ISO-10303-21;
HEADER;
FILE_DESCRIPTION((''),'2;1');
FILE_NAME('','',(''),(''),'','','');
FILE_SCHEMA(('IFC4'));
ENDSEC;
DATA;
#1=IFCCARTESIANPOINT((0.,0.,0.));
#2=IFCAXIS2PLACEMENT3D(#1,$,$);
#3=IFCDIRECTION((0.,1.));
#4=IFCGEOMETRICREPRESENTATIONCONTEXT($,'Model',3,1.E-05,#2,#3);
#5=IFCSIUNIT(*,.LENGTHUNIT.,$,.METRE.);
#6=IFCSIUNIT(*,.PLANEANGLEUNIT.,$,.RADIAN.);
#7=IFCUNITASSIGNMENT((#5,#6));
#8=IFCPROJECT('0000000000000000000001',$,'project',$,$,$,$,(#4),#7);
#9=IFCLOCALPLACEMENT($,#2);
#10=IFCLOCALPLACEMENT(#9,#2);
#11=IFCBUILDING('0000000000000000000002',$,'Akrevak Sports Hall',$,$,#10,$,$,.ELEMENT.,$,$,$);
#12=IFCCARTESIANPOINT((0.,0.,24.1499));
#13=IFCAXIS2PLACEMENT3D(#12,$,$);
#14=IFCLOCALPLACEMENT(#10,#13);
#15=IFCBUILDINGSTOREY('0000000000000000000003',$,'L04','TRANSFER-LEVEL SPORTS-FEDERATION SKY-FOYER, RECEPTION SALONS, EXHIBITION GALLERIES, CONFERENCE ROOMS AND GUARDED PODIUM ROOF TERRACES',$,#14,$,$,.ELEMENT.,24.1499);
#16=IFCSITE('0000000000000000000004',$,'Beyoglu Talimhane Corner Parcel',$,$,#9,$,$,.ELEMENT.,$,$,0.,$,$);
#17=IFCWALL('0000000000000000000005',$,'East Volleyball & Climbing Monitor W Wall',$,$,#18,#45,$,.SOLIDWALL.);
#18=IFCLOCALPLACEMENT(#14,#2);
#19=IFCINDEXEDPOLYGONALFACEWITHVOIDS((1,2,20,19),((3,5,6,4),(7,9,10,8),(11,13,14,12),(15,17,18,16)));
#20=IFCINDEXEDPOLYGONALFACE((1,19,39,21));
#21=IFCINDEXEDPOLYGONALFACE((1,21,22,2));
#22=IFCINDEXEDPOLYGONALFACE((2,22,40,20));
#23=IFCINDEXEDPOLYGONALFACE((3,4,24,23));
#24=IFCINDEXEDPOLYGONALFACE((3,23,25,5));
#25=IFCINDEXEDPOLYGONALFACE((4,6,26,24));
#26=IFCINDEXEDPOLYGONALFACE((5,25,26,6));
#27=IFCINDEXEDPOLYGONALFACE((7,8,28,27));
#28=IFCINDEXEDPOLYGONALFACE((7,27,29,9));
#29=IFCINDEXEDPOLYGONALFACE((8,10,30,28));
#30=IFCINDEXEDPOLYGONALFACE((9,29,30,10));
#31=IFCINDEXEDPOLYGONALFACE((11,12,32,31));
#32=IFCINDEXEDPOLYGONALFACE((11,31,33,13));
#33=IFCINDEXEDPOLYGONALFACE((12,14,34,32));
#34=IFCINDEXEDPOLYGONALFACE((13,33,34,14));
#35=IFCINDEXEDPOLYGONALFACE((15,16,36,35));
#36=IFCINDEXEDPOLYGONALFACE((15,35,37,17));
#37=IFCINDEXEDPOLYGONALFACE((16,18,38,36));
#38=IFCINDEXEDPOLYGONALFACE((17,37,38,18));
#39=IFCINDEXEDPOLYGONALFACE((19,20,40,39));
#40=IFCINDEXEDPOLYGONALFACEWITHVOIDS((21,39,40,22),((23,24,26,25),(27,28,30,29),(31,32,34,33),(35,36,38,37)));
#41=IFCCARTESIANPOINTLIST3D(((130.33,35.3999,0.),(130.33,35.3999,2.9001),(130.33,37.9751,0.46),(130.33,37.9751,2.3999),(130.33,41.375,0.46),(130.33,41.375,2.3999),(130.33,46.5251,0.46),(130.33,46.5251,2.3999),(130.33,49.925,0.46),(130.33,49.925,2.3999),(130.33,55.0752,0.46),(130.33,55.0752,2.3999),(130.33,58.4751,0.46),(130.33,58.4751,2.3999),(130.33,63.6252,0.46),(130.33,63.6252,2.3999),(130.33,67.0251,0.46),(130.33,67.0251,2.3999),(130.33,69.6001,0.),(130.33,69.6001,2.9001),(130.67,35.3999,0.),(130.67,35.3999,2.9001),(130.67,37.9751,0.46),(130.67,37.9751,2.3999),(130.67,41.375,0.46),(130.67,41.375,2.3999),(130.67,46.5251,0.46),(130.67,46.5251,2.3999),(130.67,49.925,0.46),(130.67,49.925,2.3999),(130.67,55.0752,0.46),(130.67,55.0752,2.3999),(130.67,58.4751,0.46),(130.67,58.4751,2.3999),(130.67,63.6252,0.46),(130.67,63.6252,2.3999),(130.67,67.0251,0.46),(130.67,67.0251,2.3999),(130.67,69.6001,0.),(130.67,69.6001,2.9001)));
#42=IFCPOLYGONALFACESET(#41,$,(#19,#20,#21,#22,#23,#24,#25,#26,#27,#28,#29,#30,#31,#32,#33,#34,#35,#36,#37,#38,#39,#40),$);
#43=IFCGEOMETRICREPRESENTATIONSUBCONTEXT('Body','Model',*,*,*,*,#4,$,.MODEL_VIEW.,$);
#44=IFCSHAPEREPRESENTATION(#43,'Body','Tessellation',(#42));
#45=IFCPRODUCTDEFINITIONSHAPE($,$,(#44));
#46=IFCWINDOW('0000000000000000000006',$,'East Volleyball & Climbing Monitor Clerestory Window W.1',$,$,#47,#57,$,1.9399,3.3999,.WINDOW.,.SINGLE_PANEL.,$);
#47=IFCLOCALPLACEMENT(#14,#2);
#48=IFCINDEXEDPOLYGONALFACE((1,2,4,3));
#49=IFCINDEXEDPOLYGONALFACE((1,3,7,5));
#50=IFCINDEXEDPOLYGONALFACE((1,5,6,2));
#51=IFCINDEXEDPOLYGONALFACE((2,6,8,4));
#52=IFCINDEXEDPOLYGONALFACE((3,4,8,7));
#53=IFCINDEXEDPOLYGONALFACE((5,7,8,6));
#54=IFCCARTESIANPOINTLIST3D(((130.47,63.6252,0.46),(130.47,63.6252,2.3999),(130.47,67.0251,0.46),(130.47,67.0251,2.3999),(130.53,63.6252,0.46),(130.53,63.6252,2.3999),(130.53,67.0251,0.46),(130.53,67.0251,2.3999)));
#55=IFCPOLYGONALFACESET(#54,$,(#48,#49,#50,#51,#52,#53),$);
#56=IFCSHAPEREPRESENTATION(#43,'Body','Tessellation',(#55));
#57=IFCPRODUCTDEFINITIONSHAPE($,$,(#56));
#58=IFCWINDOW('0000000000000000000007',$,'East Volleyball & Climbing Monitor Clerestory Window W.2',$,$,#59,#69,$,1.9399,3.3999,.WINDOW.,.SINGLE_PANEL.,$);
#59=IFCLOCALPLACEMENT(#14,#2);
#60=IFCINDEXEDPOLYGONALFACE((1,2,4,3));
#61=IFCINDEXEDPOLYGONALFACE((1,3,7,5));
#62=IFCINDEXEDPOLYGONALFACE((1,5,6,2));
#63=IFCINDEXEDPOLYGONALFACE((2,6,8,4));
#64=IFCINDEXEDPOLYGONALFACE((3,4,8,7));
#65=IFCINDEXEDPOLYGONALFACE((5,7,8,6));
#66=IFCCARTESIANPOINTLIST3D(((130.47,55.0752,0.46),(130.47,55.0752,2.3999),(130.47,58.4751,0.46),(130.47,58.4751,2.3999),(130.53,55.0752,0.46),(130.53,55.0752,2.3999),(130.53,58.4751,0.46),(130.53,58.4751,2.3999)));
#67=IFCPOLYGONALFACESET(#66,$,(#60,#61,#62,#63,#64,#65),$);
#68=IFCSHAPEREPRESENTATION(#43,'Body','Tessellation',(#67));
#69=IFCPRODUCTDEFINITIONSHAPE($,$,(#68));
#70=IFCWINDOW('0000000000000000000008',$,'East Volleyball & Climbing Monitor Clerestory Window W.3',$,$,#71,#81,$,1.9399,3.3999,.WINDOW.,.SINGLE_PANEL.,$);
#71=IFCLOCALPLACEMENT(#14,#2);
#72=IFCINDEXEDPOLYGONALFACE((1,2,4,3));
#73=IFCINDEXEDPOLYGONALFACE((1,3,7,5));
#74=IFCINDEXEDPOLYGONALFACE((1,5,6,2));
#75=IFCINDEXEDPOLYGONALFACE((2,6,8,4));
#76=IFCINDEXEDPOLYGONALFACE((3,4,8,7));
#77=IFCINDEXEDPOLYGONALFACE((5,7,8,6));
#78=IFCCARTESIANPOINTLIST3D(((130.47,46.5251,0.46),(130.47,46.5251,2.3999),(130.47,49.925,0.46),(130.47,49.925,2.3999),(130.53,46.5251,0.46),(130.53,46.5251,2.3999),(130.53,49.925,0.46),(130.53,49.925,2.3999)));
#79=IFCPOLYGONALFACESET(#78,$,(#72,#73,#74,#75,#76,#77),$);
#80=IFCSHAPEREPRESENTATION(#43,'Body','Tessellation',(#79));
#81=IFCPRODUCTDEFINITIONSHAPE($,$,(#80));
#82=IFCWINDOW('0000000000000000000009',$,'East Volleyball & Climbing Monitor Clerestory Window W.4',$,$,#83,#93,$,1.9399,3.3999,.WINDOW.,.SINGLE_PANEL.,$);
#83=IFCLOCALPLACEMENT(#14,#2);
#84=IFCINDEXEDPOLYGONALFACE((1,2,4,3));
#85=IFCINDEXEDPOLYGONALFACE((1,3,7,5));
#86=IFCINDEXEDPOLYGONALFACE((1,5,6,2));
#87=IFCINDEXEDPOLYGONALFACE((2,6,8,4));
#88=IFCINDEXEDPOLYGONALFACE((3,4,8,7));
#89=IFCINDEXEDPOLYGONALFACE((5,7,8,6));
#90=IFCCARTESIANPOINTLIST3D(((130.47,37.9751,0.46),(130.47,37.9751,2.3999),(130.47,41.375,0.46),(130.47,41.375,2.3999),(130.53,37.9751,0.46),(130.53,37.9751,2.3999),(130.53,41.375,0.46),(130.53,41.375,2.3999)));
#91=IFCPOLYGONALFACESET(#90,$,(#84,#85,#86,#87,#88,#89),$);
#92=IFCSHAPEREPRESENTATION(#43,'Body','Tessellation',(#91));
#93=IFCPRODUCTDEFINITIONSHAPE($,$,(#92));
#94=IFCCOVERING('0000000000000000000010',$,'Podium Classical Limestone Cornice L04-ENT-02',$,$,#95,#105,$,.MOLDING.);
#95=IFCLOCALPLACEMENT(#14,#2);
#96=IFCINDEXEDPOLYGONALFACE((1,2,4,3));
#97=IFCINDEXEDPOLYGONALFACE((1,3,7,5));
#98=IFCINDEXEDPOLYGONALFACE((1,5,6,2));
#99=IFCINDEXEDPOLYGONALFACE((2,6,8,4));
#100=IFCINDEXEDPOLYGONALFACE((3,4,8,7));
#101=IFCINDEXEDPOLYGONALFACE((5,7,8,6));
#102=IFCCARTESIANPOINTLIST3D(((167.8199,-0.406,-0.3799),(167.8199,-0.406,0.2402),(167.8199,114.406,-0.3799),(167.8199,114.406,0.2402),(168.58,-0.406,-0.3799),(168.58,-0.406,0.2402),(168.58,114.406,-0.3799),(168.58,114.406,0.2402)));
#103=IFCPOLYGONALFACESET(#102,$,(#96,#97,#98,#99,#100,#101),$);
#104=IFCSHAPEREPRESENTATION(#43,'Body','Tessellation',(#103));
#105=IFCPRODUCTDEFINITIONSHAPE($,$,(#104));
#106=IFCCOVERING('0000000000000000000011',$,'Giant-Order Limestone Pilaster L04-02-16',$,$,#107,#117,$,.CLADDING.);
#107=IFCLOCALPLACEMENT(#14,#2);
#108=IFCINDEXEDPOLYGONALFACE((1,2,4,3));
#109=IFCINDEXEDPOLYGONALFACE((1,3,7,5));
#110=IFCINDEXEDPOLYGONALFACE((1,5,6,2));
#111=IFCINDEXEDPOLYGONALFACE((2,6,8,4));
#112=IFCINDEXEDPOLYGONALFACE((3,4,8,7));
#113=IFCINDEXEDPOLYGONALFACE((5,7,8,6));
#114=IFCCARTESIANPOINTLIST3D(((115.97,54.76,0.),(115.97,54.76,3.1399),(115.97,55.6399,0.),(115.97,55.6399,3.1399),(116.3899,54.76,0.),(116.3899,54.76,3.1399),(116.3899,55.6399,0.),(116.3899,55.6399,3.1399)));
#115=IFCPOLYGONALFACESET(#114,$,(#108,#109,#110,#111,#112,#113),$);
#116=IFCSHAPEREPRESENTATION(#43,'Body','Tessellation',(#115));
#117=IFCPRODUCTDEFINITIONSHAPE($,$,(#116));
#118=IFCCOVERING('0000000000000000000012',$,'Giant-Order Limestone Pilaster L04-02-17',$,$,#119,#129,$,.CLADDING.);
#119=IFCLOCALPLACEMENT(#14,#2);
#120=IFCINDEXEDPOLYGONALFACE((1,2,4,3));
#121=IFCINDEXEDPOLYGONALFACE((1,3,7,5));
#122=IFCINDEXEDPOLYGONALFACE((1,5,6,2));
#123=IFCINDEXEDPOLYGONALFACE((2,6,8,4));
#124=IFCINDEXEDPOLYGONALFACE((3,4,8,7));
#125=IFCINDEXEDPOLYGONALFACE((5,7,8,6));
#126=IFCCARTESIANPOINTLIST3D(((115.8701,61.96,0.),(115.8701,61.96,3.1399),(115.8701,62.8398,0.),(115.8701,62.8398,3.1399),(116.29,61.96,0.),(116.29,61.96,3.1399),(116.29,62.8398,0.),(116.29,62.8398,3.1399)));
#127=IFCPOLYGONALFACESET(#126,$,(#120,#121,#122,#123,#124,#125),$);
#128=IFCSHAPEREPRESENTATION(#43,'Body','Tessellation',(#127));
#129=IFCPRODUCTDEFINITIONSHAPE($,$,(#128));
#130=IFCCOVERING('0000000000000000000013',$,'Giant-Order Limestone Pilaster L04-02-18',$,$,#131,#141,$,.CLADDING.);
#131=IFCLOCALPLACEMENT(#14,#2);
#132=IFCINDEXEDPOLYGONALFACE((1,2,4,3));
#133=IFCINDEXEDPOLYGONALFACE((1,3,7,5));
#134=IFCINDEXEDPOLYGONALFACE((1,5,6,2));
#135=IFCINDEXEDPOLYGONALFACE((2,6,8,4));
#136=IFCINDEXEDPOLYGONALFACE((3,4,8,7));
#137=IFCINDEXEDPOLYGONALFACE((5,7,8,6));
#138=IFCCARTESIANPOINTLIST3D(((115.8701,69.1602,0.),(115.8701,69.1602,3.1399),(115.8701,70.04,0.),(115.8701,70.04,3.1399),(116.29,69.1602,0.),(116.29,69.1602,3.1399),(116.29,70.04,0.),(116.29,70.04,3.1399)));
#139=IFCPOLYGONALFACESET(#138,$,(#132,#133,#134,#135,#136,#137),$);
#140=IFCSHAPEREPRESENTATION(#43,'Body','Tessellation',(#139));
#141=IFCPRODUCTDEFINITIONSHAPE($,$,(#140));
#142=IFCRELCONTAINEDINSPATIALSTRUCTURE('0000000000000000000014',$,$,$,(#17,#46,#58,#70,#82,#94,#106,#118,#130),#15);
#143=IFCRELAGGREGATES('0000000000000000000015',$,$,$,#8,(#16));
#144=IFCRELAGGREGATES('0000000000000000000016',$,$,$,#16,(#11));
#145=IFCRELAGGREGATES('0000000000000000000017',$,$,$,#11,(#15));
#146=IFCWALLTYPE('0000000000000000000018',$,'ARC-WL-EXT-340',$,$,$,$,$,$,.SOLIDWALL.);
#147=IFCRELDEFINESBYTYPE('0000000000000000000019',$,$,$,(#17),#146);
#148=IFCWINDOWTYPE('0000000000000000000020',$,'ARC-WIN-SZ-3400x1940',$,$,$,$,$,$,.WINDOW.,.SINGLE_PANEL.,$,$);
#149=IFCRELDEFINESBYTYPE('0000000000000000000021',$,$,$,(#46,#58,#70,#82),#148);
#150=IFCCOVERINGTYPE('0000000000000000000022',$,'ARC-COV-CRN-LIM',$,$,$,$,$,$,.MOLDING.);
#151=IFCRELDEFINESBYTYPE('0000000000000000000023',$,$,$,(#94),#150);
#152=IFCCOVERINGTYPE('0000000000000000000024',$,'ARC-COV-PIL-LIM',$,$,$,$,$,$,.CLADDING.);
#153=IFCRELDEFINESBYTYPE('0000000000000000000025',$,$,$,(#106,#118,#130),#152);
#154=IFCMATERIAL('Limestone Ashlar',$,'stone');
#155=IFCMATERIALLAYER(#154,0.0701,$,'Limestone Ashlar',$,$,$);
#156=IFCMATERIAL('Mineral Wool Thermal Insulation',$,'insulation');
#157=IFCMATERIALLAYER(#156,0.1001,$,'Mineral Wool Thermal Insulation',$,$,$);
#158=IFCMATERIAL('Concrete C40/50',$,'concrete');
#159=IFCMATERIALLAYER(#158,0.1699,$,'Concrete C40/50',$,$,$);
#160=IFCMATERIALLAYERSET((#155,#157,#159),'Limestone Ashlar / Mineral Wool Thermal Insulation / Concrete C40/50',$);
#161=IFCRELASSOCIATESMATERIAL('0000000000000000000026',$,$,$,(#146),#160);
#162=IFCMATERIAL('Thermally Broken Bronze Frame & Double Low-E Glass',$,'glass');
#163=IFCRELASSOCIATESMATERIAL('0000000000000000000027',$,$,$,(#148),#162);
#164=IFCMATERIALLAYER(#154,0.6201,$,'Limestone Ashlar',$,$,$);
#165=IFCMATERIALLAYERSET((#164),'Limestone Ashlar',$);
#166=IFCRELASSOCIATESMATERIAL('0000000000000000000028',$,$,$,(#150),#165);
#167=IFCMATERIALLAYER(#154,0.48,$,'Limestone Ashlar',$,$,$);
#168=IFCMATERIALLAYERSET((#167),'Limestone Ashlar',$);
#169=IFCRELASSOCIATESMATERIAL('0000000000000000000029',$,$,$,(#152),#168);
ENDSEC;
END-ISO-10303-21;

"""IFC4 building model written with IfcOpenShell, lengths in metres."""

from ifc_helpers import new_model, si_unit, direction, frame, frame_2d, origin, origin_2d, place, context, subcontext, project, spatial, rectangle, extrude, material, layer, layer_set, type_object, element, fill, save


model = new_model("IFC4")

# Units and contexts
model_context = context("Model", 3, precision=1e-05, world=origin(), true_north=direction((0.0, 1.0)))
body_context = subcontext(model_context, "Body", "Model", "MODEL_VIEW")
ifc_project = project(units=[si_unit("LENGTHUNIT", "METRE"), si_unit("PLANEANGLEUNIT", "RADIAN")], contexts=[model_context])

# Site, building, storey
site_placement = place(None, origin())
site = spatial("IfcSite", under=ifc_project, at=site_placement, Name="Beyoglu Talimhane Corner Parcel", CompositionType="ELEMENT", RefElevation=0.0)
building_placement = place(site_placement, origin())
building = spatial("IfcBuilding", under=site, at=building_placement, Name="Akrevak Sports Hall", CompositionType="ELEMENT")
storey_placement = place(building_placement, frame((0.0, 0.0, 24.1499)))
storey = spatial("IfcBuildingStorey", under=building, at=storey_placement, Name="L04", Description="TRANSFER-LEVEL SPORTS-FEDERATION SKY-FOYER, RECEPTION SALONS, EXHIBITION GALLERIES, CONFERENCE ROOMS AND GUARDED PODIUM ROOF TERRACES", CompositionType="ELEMENT", Elevation=24.1499)

# Shared definitions
ifc_material_1 = material(Name="Concrete C40/50", Category="concrete")

# Wall, openings, windows
ifc_material_2 = material(Name="Limestone Ashlar", Category="stone")
ifc_layer_1 = layer(ifc_material_2, 0.0701, Name="Limestone Ashlar")
ifc_material_3 = material(Name="Mineral Wool Thermal Insulation", Category="insulation")
ifc_layer_2 = layer(ifc_material_3, 0.1001, Name="Mineral Wool Thermal Insulation")
ifc_layer_3 = layer(ifc_material_1, 0.1699, Name="Concrete C40/50")
ifc_layer_set_1 = layer_set([ifc_layer_1, ifc_layer_2, ifc_layer_3], Name="Limestone Ashlar / Mineral Wool Thermal Insulation / Concrete C40/50")
wall_type = type_object("IfcWallType", Name="ARC-WL-EXT-340", PredefinedType="SOLIDWALL", material=ifc_layer_set_1)
wall_placement = place(storey_placement, frame((130.5, 69.6001, 0.0), z_axis=(0.0, 0.0, 1.0), x_axis=(0.0, -1.0, 0.0)))
wall = element("IfcWall", 1, at=wall_placement, inside=storey, type_object=wall_type, Name="East Volleyball & Climbing Monitor W Wall", PredefinedType="SOLIDWALL", context=body_context, shape_type="SweptSolid", body=[
    extrude(rectangle(XDim=34.2002, YDim=0.3401, at=frame_2d((17.1001, 0.0))), origin(), (0.0, 0.0, 1.0), 2.9001),
])
opening_1_placement = place(wall_placement, frame((2.575, 0.0, 0.46)))
opening_1 = element("IfcOpeningElement", 2, at=opening_1_placement, cuts=wall, PredefinedType="OPENING", context=body_context, shape_type="SweptSolid", body=[
    extrude(rectangle(XDim=3.3999, YDim=1.9399, at=frame_2d((1.7, 0.97))), frame((0.0, 0.1821, 0.0), z_axis=(0.0, -1.0, 0.0), x_axis=(1.0, 0.0, 0.0)), (0.0, 0.0, 1.0), 0.364),
])
opening_2_placement = place(wall_placement, frame((11.125, 0.0, 0.46)))
opening_2 = element("IfcOpeningElement", 3, at=opening_2_placement, cuts=wall, PredefinedType="OPENING", context=body_context, shape_type="SweptSolid", body=[
    extrude(rectangle(XDim=3.3999, YDim=1.9399, at=frame_2d((1.7, 0.97))), frame((0.0, 0.1821, 0.0), z_axis=(0.0, -1.0, 0.0), x_axis=(1.0, 0.0, 0.0)), (0.0, 0.0, 1.0), 0.364),
])
opening_3_placement = place(wall_placement, frame((19.675, 0.0, 0.46)))
opening_3 = element("IfcOpeningElement", 4, at=opening_3_placement, cuts=wall, PredefinedType="OPENING", context=body_context, shape_type="SweptSolid", body=[
    extrude(rectangle(XDim=3.3999, YDim=1.9399, at=frame_2d((1.7, 0.97))), frame((0.0, 0.1821, 0.0), z_axis=(0.0, -1.0, 0.0), x_axis=(1.0, 0.0, 0.0)), (0.0, 0.0, 1.0), 0.364),
])
opening_4_placement = place(wall_placement, frame((28.2251, 0.0, 0.46)))
opening_4 = element("IfcOpeningElement", 5, at=opening_4_placement, cuts=wall, PredefinedType="OPENING", context=body_context, shape_type="SweptSolid", body=[
    extrude(rectangle(XDim=3.3999, YDim=1.9399, at=frame_2d((1.7, 0.97))), frame((0.0, 0.1821, 0.0), z_axis=(0.0, -1.0, 0.0), x_axis=(1.0, 0.0, 0.0)), (0.0, 0.0, 1.0), 0.364),
])
ifc_material_4 = material(Name="Thermally Broken Bronze Frame & Double Low-E Glass", Category="glass")
window_type = type_object("IfcWindowType", Name="ARC-WIN-SZ-3400x1940", PartitioningType="SINGLE_PANEL", PredefinedType="WINDOW", material=ifc_material_4)
window_1_placement = place(opening_1_placement, origin())
window_1 = element("IfcWindow", 6, at=window_1_placement, inside=storey, type_object=window_type, Name="East Volleyball & Climbing Monitor Clerestory Window W.1", OverallHeight=1.9399, OverallWidth=3.3999, PartitioningType="SINGLE_PANEL", PredefinedType="WINDOW", context=body_context, shape_type="SweptSolid", body=[
    extrude(rectangle(XDim=3.3999, YDim=1.9399, at=frame_2d((1.7, 0.97))), frame((0.0, 0.03, 0.0), z_axis=(0.0, -1.0, 0.0), x_axis=(1.0, 0.0, 0.0)), (0.0, 0.0, 1.0), 0.0601),
])
fill(opening_1, window_1)
window_2_placement = place(opening_2_placement, origin())
window_2 = element("IfcWindow", 7, at=window_2_placement, inside=storey, type_object=window_type, Name="East Volleyball & Climbing Monitor Clerestory Window W.2", OverallHeight=1.9399, OverallWidth=3.3999, PartitioningType="SINGLE_PANEL", PredefinedType="WINDOW", context=body_context, shape_type="SweptSolid", body=[
    extrude(rectangle(XDim=3.3999, YDim=1.9399, at=frame_2d((1.7, 0.97))), frame((0.0, 0.03, 0.0), z_axis=(0.0, -1.0, 0.0), x_axis=(1.0, 0.0, 0.0)), (0.0, 0.0, 1.0), 0.0601),
])
fill(opening_2, window_2)
window_3_placement = place(opening_3_placement, origin())
window_3 = element("IfcWindow", 8, at=window_3_placement, inside=storey, type_object=window_type, Name="East Volleyball & Climbing Monitor Clerestory Window W.3", OverallHeight=1.9399, OverallWidth=3.3999, PartitioningType="SINGLE_PANEL", PredefinedType="WINDOW", context=body_context, shape_type="SweptSolid", body=[
    extrude(rectangle(XDim=3.3999, YDim=1.9399, at=frame_2d((1.7, 0.97))), frame((0.0, 0.03, 0.0), z_axis=(0.0, -1.0, 0.0), x_axis=(1.0, 0.0, 0.0)), (0.0, 0.0, 1.0), 0.0601),
])
fill(opening_3, window_3)
window_4_placement = place(opening_4_placement, origin())
window_4 = element("IfcWindow", 9, at=window_4_placement, inside=storey, type_object=window_type, Name="East Volleyball & Climbing Monitor Clerestory Window W.4", OverallHeight=1.9399, OverallWidth=3.3999, PartitioningType="SINGLE_PANEL", PredefinedType="WINDOW", context=body_context, shape_type="SweptSolid", body=[
    extrude(rectangle(XDim=3.3999, YDim=1.9399, at=frame_2d((1.7, 0.97))), frame((0.0, 0.03, 0.0), z_axis=(0.0, -1.0, 0.0), x_axis=(1.0, 0.0, 0.0)), (0.0, 0.0, 1.0), 0.0601),
])
fill(opening_4, window_4)

# Coverings
ifc_layer_4 = layer(ifc_material_2, 0.6201, Name="Limestone Ashlar")
ifc_layer_set_2 = layer_set([ifc_layer_4], Name="Limestone Ashlar")
covering_type_1 = type_object("IfcCoveringType", Name="ARC-COV-CRN-LIM", PredefinedType="MOLDING", material=ifc_layer_set_2)
covering_placement = place(storey_placement, frame((168.2, 57.0, -0.3799), z_axis=(0.0, 0.0, 1.0), x_axis=(0.0, 1.0, 0.0)))
element("IfcCovering", 10, at=covering_placement, inside=storey, type_object=covering_type_1, Name="Podium Classical Limestone Cornice L04-ENT-02", PredefinedType="MOLDING", context=body_context, shape_type="SweptSolid", body=[
    extrude(rectangle(XDim=114.812, YDim=0.76, at=origin_2d()), origin(), (0.0, 0.0, 1.0), 0.6201),
])
ifc_layer_5 = layer(ifc_material_2, 0.48, Name="Limestone Ashlar")
ifc_layer_set_3 = layer_set([ifc_layer_5], Name="Limestone Ashlar")
covering_type_2 = type_object("IfcCoveringType", Name="ARC-COV-PIL-LIM", PredefinedType="CLADDING", material=ifc_layer_set_3)
for number, where, z_axis, x_axis, name in (
    (11, (116.1799, 55.2, 0.0), (0.0, 0.0, 1.0), (0.0, 1.0, 0.0), "Giant-Order Limestone Pilaster L04-02-16"),
    (12, (116.0801, 62.3999, 0.0), (0.0, 0.0, 1.0), (0.0, 1.0, 0.0), "Giant-Order Limestone Pilaster L04-02-17"),
    (13, (116.0801, 69.6001, 0.0), (0.0, 0.0, 1.0), (0.0, 1.0, 0.0), "Giant-Order Limestone Pilaster L04-02-18"),
):
    element("IfcCovering", number, at=place(storey_placement, frame(where, z_axis=z_axis, x_axis=x_axis)), inside=storey, type_object=covering_type_2, Name=name, PredefinedType="CLADDING", context=body_context, shape_type="SweptSolid", body=[
        extrude(rectangle(XDim=0.8799, YDim=0.4199, at=origin_2d()), origin(), (0.0, 0.0, 1.0), 3.1399),
    ])

save(model, "model.ifc")
